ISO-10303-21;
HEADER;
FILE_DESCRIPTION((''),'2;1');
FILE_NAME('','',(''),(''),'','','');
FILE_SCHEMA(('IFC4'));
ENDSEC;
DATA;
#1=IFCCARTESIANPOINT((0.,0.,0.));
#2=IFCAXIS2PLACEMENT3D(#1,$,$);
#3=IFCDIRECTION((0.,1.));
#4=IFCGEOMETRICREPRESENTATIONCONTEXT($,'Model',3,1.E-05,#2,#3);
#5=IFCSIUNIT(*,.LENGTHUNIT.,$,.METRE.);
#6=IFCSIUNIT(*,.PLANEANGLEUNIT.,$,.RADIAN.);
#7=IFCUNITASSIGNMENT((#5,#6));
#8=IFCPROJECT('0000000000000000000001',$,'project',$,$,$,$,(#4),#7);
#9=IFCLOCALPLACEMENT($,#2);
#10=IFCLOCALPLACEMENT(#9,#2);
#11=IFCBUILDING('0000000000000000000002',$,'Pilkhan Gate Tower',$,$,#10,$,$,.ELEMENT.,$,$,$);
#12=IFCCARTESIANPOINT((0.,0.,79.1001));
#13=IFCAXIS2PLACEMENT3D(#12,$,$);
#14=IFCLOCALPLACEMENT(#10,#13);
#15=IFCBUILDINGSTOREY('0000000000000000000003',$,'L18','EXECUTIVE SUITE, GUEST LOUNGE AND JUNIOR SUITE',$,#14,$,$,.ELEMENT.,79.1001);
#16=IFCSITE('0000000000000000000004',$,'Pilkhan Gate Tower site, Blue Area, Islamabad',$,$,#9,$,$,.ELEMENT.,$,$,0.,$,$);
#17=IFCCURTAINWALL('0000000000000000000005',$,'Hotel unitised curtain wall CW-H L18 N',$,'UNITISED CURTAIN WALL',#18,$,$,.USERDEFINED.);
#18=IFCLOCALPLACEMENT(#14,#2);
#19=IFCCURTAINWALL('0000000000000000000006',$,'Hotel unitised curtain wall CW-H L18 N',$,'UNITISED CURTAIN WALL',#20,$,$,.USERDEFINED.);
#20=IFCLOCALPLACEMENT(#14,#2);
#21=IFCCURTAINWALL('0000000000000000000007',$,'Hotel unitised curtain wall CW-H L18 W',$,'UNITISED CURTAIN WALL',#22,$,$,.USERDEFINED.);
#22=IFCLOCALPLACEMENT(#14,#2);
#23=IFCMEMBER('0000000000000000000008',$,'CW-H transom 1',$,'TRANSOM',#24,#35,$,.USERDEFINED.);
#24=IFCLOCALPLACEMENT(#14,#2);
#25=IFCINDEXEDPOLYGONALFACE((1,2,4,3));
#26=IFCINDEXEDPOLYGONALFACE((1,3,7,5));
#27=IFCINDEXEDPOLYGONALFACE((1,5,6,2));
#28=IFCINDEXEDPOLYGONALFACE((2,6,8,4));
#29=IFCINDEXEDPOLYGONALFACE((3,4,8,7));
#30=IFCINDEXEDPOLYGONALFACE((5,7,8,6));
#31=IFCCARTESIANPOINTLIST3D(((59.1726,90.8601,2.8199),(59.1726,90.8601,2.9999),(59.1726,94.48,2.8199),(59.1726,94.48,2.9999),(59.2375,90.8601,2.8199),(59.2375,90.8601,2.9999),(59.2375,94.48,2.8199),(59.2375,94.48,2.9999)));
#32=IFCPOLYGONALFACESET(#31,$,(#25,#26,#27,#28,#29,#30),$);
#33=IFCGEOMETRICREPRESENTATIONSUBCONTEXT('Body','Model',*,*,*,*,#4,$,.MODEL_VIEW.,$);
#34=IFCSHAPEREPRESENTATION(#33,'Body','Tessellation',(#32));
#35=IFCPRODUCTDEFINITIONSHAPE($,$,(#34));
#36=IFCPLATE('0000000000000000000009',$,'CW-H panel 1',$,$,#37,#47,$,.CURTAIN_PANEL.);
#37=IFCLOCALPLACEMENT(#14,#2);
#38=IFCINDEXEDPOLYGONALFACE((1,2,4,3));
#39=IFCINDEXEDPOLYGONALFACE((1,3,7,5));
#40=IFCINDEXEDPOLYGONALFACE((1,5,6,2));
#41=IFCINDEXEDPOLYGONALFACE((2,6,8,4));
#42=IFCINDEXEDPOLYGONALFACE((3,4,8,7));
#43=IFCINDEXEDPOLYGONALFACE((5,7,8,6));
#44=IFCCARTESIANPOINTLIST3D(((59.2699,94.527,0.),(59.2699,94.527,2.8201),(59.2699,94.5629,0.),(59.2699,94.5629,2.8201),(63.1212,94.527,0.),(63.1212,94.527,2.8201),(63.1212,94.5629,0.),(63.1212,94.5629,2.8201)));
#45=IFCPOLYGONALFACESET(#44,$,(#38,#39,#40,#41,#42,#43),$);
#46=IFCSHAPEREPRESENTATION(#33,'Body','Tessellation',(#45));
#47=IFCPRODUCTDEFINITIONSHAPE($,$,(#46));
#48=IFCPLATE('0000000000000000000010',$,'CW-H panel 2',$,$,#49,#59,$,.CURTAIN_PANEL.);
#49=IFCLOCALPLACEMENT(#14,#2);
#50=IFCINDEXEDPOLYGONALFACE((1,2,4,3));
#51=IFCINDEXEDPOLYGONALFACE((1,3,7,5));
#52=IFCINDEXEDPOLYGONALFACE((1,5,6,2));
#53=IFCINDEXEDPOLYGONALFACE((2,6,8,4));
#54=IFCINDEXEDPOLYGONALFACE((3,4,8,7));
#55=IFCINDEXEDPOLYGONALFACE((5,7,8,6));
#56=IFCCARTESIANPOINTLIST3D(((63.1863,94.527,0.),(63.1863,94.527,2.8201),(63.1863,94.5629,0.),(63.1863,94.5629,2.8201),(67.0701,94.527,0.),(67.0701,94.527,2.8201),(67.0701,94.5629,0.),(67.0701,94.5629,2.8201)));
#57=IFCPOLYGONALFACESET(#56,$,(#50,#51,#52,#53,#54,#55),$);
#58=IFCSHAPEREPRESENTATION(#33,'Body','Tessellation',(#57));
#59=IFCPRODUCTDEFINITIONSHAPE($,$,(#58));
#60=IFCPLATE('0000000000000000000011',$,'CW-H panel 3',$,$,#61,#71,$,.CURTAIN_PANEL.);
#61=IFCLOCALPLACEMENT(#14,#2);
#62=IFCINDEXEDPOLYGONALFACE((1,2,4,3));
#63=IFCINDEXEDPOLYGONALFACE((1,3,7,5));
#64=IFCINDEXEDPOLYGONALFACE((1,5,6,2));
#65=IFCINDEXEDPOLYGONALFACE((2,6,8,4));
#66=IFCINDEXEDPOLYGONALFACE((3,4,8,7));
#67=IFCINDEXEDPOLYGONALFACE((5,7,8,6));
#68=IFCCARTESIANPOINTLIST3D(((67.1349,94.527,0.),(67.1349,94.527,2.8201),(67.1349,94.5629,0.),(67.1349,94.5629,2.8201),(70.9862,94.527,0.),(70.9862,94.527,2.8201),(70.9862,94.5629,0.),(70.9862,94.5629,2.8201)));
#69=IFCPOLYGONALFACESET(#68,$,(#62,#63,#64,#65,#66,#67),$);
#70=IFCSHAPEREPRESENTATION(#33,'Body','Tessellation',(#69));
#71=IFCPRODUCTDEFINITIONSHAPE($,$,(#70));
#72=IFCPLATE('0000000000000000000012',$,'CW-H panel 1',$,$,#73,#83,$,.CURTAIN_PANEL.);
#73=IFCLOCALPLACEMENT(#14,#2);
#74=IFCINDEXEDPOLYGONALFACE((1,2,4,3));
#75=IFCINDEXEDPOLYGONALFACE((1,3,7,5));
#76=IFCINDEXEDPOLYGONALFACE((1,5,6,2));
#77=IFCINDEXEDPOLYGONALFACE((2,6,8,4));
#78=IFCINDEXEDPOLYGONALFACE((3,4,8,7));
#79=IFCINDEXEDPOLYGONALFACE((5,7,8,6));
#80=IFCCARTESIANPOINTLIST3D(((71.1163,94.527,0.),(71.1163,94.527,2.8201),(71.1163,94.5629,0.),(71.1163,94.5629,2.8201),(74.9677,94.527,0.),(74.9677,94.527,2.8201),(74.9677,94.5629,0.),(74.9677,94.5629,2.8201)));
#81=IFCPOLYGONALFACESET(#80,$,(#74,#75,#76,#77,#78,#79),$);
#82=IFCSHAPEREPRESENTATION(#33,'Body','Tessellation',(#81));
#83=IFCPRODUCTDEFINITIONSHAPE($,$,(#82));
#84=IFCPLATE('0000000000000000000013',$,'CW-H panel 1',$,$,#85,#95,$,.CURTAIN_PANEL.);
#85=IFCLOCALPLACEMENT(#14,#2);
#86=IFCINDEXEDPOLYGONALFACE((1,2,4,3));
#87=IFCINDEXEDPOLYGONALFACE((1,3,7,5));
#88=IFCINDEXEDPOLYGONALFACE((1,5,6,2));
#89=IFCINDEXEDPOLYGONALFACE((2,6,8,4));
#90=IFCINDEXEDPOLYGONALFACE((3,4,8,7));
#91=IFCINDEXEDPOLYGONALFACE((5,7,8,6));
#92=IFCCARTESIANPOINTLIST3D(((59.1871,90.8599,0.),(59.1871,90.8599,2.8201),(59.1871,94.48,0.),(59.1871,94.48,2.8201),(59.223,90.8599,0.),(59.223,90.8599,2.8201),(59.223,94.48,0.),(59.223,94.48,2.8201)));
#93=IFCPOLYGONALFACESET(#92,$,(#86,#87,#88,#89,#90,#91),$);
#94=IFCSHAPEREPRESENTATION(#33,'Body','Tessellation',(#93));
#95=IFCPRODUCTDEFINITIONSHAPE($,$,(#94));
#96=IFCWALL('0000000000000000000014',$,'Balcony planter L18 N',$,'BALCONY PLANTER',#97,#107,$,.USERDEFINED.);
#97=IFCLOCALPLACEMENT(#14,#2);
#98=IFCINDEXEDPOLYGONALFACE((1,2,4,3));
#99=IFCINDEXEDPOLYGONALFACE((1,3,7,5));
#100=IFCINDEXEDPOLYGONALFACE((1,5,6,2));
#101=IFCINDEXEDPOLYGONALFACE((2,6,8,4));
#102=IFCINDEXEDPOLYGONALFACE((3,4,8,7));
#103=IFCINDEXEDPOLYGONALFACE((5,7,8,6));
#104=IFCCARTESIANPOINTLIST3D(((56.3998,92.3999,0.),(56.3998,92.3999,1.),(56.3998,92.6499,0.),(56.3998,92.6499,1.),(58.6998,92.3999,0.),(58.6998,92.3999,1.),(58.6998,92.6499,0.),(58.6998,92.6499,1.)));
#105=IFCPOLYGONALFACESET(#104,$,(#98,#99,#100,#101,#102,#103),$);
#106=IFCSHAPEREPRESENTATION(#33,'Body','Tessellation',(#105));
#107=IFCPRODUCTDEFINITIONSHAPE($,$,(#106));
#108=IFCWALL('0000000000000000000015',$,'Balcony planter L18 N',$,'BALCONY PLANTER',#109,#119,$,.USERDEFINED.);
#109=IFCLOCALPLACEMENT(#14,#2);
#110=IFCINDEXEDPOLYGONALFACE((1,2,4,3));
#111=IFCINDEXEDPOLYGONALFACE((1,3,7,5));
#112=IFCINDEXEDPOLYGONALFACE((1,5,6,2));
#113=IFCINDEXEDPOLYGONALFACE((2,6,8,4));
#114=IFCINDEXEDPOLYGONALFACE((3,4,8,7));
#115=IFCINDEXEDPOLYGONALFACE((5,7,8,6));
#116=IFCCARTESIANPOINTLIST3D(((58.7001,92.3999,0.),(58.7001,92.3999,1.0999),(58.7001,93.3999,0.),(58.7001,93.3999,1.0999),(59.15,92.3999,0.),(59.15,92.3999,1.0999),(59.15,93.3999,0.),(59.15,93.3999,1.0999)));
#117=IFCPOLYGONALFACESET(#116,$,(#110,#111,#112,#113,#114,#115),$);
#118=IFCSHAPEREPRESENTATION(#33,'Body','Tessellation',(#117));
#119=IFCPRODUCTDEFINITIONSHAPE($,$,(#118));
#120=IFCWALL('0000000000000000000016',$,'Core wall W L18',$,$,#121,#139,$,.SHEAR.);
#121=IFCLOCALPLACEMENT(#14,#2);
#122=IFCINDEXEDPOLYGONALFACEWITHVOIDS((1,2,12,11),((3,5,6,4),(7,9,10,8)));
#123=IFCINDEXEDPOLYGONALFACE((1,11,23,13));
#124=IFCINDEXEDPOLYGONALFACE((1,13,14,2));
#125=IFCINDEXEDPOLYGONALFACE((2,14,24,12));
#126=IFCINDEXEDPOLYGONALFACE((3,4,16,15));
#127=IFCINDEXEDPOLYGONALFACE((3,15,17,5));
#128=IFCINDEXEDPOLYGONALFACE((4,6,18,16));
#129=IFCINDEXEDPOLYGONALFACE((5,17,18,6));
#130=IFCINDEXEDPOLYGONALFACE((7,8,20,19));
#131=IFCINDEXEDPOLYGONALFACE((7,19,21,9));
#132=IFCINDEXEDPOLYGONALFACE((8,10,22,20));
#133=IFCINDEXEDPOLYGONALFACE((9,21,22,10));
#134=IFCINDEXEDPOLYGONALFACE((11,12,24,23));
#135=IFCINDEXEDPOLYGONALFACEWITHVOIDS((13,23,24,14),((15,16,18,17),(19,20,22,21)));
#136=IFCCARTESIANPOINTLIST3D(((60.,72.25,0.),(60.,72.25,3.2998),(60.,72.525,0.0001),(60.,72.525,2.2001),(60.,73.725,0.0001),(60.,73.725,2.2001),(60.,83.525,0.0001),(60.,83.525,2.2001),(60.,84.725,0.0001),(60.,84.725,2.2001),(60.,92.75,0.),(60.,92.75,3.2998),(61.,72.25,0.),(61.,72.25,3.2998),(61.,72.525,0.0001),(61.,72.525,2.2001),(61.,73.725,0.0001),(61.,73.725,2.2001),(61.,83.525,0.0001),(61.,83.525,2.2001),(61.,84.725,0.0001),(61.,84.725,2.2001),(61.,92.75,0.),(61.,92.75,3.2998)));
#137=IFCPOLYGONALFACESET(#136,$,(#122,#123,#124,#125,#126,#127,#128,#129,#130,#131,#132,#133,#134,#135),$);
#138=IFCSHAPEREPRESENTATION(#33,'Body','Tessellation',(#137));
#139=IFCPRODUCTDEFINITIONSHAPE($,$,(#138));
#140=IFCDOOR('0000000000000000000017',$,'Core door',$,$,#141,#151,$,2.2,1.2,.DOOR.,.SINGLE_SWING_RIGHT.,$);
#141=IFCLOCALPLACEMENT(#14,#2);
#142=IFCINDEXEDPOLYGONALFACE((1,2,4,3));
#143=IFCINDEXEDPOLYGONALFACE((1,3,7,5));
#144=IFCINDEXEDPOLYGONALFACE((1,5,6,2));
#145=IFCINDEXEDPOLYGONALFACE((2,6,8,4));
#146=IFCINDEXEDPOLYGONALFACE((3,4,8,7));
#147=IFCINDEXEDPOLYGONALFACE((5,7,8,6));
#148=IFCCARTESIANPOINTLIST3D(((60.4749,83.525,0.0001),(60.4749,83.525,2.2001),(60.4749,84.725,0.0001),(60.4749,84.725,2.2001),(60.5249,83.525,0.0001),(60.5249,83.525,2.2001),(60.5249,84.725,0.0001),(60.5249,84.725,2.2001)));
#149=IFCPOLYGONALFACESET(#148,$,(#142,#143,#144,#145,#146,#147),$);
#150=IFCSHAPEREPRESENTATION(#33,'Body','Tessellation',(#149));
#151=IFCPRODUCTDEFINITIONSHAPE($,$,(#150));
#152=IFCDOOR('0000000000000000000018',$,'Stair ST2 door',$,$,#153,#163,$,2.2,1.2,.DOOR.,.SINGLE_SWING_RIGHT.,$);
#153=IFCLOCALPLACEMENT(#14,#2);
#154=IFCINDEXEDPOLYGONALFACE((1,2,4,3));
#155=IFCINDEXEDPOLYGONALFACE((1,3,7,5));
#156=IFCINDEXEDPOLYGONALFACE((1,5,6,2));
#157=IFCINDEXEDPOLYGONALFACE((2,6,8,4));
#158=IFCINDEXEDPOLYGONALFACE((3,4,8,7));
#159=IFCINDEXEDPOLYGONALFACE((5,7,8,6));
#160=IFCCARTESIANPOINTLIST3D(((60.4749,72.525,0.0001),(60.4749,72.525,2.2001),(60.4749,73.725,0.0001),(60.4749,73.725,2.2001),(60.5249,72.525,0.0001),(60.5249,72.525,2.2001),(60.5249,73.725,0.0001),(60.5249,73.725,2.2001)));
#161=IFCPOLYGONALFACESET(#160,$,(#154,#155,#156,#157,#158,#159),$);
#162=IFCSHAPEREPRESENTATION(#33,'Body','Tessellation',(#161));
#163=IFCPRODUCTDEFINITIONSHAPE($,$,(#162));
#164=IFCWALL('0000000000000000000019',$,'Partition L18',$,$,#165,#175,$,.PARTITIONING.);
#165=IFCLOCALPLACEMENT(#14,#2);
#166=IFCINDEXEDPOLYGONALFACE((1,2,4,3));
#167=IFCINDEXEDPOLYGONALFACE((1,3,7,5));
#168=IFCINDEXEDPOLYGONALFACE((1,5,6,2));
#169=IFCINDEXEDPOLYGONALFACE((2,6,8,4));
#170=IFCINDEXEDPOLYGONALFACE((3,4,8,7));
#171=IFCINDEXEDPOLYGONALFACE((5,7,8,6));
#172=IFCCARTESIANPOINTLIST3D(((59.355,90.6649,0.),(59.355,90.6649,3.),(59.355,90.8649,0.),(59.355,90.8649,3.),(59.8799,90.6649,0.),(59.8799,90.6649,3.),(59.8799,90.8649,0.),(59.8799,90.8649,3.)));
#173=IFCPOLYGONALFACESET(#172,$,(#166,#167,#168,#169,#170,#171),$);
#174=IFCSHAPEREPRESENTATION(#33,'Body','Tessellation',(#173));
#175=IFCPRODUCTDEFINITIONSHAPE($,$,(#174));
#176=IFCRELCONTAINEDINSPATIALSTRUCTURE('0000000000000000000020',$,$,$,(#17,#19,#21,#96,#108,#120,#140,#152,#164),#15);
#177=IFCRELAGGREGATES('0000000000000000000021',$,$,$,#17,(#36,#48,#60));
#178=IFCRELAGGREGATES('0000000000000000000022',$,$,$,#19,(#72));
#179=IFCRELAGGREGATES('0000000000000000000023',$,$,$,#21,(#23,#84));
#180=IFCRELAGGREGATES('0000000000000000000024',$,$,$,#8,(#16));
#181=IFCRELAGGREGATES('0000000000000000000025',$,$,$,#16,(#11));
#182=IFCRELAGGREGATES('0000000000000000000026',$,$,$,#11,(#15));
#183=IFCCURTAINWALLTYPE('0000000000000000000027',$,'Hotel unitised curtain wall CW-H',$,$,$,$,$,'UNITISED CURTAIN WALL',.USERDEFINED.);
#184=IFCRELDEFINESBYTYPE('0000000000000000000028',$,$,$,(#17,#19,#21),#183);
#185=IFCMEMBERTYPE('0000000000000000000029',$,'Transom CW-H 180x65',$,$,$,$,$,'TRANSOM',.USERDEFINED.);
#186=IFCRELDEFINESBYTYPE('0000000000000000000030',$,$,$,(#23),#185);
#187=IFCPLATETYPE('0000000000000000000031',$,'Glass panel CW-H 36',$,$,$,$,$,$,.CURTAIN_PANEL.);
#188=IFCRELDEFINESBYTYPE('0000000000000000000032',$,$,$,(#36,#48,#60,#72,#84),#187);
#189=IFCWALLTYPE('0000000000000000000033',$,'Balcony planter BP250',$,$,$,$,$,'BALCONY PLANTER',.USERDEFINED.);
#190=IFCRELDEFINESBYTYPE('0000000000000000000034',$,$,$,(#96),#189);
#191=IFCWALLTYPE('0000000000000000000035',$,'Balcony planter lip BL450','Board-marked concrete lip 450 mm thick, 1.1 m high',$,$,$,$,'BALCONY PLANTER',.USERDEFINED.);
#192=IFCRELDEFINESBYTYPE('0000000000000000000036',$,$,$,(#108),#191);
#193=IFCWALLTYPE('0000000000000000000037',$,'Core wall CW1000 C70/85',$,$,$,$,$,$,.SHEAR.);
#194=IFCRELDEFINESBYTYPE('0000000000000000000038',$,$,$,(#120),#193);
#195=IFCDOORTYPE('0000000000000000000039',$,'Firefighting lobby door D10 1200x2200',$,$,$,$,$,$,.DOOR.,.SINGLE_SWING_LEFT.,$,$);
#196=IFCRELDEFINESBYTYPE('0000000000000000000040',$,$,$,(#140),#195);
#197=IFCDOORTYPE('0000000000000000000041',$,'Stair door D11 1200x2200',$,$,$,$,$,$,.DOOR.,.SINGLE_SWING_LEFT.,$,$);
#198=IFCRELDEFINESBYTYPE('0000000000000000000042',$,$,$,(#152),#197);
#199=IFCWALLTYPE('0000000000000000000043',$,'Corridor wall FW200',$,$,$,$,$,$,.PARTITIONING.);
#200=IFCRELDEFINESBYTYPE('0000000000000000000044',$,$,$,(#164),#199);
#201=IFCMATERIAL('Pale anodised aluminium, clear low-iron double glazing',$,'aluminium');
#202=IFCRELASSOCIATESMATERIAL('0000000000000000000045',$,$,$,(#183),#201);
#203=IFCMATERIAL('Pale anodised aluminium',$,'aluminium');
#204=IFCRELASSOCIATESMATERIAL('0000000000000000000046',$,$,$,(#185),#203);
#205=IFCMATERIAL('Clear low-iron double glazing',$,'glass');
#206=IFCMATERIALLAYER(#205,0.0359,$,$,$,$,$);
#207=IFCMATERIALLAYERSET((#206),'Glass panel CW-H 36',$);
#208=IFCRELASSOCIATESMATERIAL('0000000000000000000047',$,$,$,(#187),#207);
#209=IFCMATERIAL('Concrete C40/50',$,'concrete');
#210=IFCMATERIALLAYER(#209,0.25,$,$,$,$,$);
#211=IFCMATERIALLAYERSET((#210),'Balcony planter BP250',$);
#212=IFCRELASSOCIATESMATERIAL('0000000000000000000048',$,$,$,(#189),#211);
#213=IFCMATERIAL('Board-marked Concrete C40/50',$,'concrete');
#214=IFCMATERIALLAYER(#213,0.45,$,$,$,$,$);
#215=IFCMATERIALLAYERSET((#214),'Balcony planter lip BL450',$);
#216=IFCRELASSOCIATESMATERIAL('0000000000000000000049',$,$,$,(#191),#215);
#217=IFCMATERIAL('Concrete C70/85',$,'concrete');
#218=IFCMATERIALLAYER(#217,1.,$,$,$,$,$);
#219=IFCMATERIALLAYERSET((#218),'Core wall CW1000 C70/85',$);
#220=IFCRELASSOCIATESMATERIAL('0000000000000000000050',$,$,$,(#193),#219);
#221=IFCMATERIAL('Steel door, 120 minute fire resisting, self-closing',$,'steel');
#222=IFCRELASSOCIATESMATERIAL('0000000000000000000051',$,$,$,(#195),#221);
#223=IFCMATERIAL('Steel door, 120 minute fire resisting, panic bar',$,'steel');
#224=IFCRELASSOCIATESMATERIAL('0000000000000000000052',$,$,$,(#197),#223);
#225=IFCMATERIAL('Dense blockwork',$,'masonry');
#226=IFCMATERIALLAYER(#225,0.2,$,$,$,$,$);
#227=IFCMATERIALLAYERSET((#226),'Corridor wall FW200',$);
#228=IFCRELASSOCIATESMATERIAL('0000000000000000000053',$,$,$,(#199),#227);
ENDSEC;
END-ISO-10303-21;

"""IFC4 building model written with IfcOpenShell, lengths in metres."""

from ifc_helpers import new_model, si_unit, direction, frame, frame_2d, origin, origin_2d, place, context, subcontext, project, spatial, rectangle, extrude, material, layer, layer_set, material_profile, profile_set, type_object, element, fill, aggregate, save


model = new_model("IFC4")

# Units and contexts
model_context = context("Model", 3, precision=1e-05, world=origin(), true_north=direction((0.0, 1.0)))
body_context = subcontext(model_context, "Body", "Model", "MODEL_VIEW")
ifc_project = project(units=[si_unit("LENGTHUNIT", "METRE"), si_unit("PLANEANGLEUNIT", "RADIAN")], contexts=[model_context])

# Site, building, storey
site_placement = place(None, origin())
site = spatial("IfcSite", under=ifc_project, at=site_placement, Name="Pilkhan Gate Tower site, Blue Area, Islamabad", CompositionType="ELEMENT", RefElevation=0.0)
building_placement = place(site_placement, origin())
building = spatial("IfcBuilding", under=site, at=building_placement, Name="Pilkhan Gate Tower", CompositionType="ELEMENT")
storey_placement = place(building_placement, frame((0.0, 0.0, 79.1001)))
storey = spatial("IfcBuildingStorey", under=building, at=storey_placement, Name="L18", Description="EXECUTIVE SUITE, GUEST LOUNGE AND JUNIOR SUITE", CompositionType="ELEMENT", Elevation=79.1001)

# Curtain wall
ifc_material_1 = material(Name="Pale anodised aluminium, clear low-iron double glazing", Category="aluminium")
curtain_wall_type = type_object("IfcCurtainWallType", Name="Hotel unitised curtain wall CW-H", ElementType="UNITISED CURTAIN WALL", PredefinedType="USERDEFINED", material=ifc_material_1)
curtain_wall_1_placement = place(storey_placement, origin())
curtain_wall_1 = element("IfcCurtainWall", 1, at=curtain_wall_1_placement, inside=storey, type_object=curtain_wall_type, Name="Hotel unitised curtain wall CW-H L18 N", ObjectType="UNITISED CURTAIN WALL", PredefinedType="USERDEFINED")
ifc_material_2 = material(Name="Pale anodised aluminium", Category="aluminium")

# Curtain wall
curtain_wall_2_placement = place(storey_placement, origin())
curtain_wall_2 = element("IfcCurtainWall", 2, at=curtain_wall_2_placement, inside=storey, type_object=curtain_wall_type, Name="Hotel unitised curtain wall CW-H L18 N", ObjectType="UNITISED CURTAIN WALL", PredefinedType="USERDEFINED")

# Curtain wall
curtain_wall_3_placement = place(storey_placement, origin())
curtain_wall_3 = element("IfcCurtainWall", 3, at=curtain_wall_3_placement, inside=storey, type_object=curtain_wall_type, Name="Hotel unitised curtain wall CW-H L18 W", ObjectType="UNITISED CURTAIN WALL", PredefinedType="USERDEFINED")

# Member
ifc_material_profile_1 = material_profile(ifc_material_2, rectangle(XDim=0.0649, YDim=0.1799, at=origin_2d()), Name="Transom 180x65")
ifc_profile_set_1 = profile_set([ifc_material_profile_1], Name="Pale anodised aluminium")
member_type_1 = type_object("IfcMemberType", Name="Transom CW-H 180x65", ElementType="TRANSOM", PredefinedType="USERDEFINED", material=ifc_profile_set_1)
member_1_placement = place(storey_placement, frame((59.2051, 90.8601, 2.9099), z_axis=(0.0, 1.0, 0.0), x_axis=(-1.0, 0.0, 0.0)))
member_1 = element("IfcMember", 4, at=member_1_placement, type_object=member_type_1, Name="CW-H transom 1", ObjectType="TRANSOM", PredefinedType="USERDEFINED", context=body_context, shape_type="SweptSolid", body=[
    extrude(rectangle(XDim=0.0649, YDim=0.1799, at=origin_2d()), origin(), (0.0, 0.0, 1.0), 3.6199),
])

# Plates
ifc_material_3 = material(Name="Clear low-iron double glazing", Category="glass")
ifc_layer_1 = layer(ifc_material_3, 0.0359)
ifc_layer_set_1 = layer_set([ifc_layer_1], Name="Glass panel CW-H 36")
plate_type = type_object("IfcPlateType", Name="Glass panel CW-H 36", PredefinedType="CURTAIN_PANEL", material=ifc_layer_set_1)
plate_1_placement = place(storey_placement, frame((61.1956, 94.5449, 0.0), z_axis=(0.0, 0.0, 1.0), x_axis=(1.0, 0.0, 0.0)))
plate_1 = element("IfcPlate", 5, at=plate_1_placement, type_object=plate_type, Name="CW-H panel 1", PredefinedType="CURTAIN_PANEL", context=body_context, shape_type="SweptSolid", body=[
    extrude(rectangle(XDim=3.8513, YDim=0.0359, at=origin_2d()), origin(), (0.0, 0.0, 1.0), 2.8201),
])
plate_2_placement = place(storey_placement, frame((65.1282, 94.5449, 0.0), z_axis=(0.0, 0.0, 1.0), x_axis=(1.0, 0.0, 0.0)))
plate_2 = element("IfcPlate", 6, at=plate_2_placement, type_object=plate_type, Name="CW-H panel 2", PredefinedType="CURTAIN_PANEL", context=body_context, shape_type="SweptSolid", body=[
    extrude(rectangle(XDim=3.8838, YDim=0.0359, at=origin_2d()), origin(), (0.0, 0.0, 1.0), 2.8201),
])
plate_3_placement = place(storey_placement, frame((69.0605, 94.5449, 0.0), z_axis=(0.0, 0.0, 1.0), x_axis=(1.0, 0.0, 0.0)))
plate_3 = element("IfcPlate", 7, at=plate_3_placement, type_object=plate_type, Name="CW-H panel 3", PredefinedType="CURTAIN_PANEL", context=body_context, shape_type="SweptSolid", body=[
    extrude(rectangle(XDim=3.8513, YDim=0.0359, at=origin_2d()), origin(), (0.0, 0.0, 1.0), 2.8201),
])
aggregate(curtain_wall_1, [plate_1, plate_2, plate_3])
plate_4_placement = place(storey_placement, frame((73.042, 94.5449, 0.0), z_axis=(0.0, 0.0, 1.0), x_axis=(1.0, 0.0, 0.0)))
plate_4 = element("IfcPlate", 8, at=plate_4_placement, type_object=plate_type, Name="CW-H panel 1", PredefinedType="CURTAIN_PANEL", context=body_context, shape_type="SweptSolid", body=[
    extrude(rectangle(XDim=3.8513, YDim=0.0359, at=origin_2d()), origin(), (0.0, 0.0, 1.0), 2.8201),
])
aggregate(curtain_wall_2, [plate_4])
plate_5_placement = place(storey_placement, frame((59.2051, 92.6699, 0.0), z_axis=(0.0, 0.0, 1.0), x_axis=(0.0, 1.0, 0.0)))
plate_5 = element("IfcPlate", 9, at=plate_5_placement, type_object=plate_type, Name="CW-H panel 1", PredefinedType="CURTAIN_PANEL", context=body_context, shape_type="SweptSolid", body=[
    extrude(rectangle(XDim=3.6201, YDim=0.0359, at=origin_2d()), origin(), (0.0, 0.0, 1.0), 2.8201),
])
aggregate(curtain_wall_3, [member_1, plate_5])

# Walls
ifc_material_4 = material(Name="Concrete C40/50", Category="concrete")
ifc_layer_2 = layer(ifc_material_4, 0.25)
ifc_layer_set_2 = layer_set([ifc_layer_2], Name="Balcony planter BP250")
wall_type_1 = type_object("IfcWallType", Name="Balcony planter BP250", ElementType="BALCONY PLANTER", PredefinedType="USERDEFINED", material=ifc_layer_set_2)
wall_1_placement = place(storey_placement, frame((56.3999, 92.5249, 0.0), z_axis=(0.0, 0.0, 1.0), x_axis=(1.0, 0.0, 0.0)))
element("IfcWall", 10, at=wall_1_placement, inside=storey, type_object=wall_type_1, Name="Balcony planter L18 N", ObjectType="BALCONY PLANTER", PredefinedType="USERDEFINED", context=body_context, shape_type="SweptSolid", body=[
    extrude(rectangle(XDim=2.3, YDim=0.25, at=frame_2d((1.1499, 0.0))), origin(), (0.0, 0.0, 1.0), 1.0),
])
ifc_material_5 = material(Name="Board-marked Concrete C40/50", Category="concrete")
ifc_layer_3 = layer(ifc_material_5, 0.45)
ifc_layer_set_3 = layer_set([ifc_layer_3], Name="Balcony planter lip BL450")
wall_type_2 = type_object("IfcWallType", Name="Balcony planter lip BL450", Description="Board-marked concrete lip 450 mm thick, 1.1 m high", ElementType="BALCONY PLANTER", PredefinedType="USERDEFINED", material=ifc_layer_set_3)
wall_2_placement = place(storey_placement, frame((58.925, 92.3999, 0.0), z_axis=(0.0, 0.0, 1.0), x_axis=(0.0, 1.0, 0.0)))
element("IfcWall", 11, at=wall_2_placement, inside=storey, type_object=wall_type_2, Name="Balcony planter L18 N", ObjectType="BALCONY PLANTER", PredefinedType="USERDEFINED", context=body_context, shape_type="SweptSolid", body=[
    extrude(rectangle(XDim=1.0, YDim=0.45, at=frame_2d((0.5, 0.0))), origin(), (0.0, 0.0, 1.0), 1.0999),
])

# Wall, openings, doors
ifc_material_6 = material(Name="Concrete C70/85", Category="concrete")
ifc_layer_4 = layer(ifc_material_6, 1.0)
ifc_layer_set_4 = layer_set([ifc_layer_4], Name="Core wall CW1000 C70/85")
wall_type_3 = type_object("IfcWallType", Name="Core wall CW1000 C70/85", PredefinedType="SHEAR", material=ifc_layer_set_4)
wall_3_placement = place(storey_placement, frame((60.5, 92.75, 0.0), z_axis=(0.0, 0.0, 1.0), x_axis=(0.0, -1.0, 0.0)))
wall_3 = element("IfcWall", 12, at=wall_3_placement, inside=storey, type_object=wall_type_3, Name="Core wall W L18", PredefinedType="SHEAR", context=body_context, shape_type="SweptSolid", body=[
    extrude(rectangle(XDim=20.5, YDim=1.0, at=frame_2d((10.25, 0.0))), origin(), (0.0, 0.0, 1.0), 3.2998),
])
opening_1_placement = place(wall_3_placement, frame((19.0249, 0.0, 0.0)))
opening_1 = element("IfcOpeningElement", 13, at=opening_1_placement, cuts=wall_3, PredefinedType="OPENING", context=body_context, shape_type="SweptSolid", body=[
    extrude(rectangle(XDim=1.2, YDim=2.2, at=frame_2d((0.6001, 1.1001))), frame((0.0, 0.51, 0.0), z_axis=(0.0, -1.0, 0.0), x_axis=(1.0, 0.0, 0.0)), (0.0, 0.0, 1.0), 1.02),
])
opening_2_placement = place(wall_3_placement, frame((8.0249, 0.0, 0.0)))
opening_2 = element("IfcOpeningElement", 14, at=opening_2_placement, cuts=wall_3, PredefinedType="OPENING", context=body_context, shape_type="SweptSolid", body=[
    extrude(rectangle(XDim=1.2, YDim=2.2, at=frame_2d((0.6001, 1.1001))), frame((0.0, 0.51, 0.0), z_axis=(0.0, -1.0, 0.0), x_axis=(1.0, 0.0, 0.0)), (0.0, 0.0, 1.0), 1.02),
])
ifc_material_7 = material(Name="Steel door, 120 minute fire resisting, self-closing", Category="steel")
door_type_1 = type_object("IfcDoorType", Name="Firefighting lobby door D10 1200x2200", OperationType="SINGLE_SWING_LEFT", PredefinedType="DOOR", material=ifc_material_7)
door_1_placement = place(opening_2_placement, origin())
door_1 = element("IfcDoor", 15, at=door_1_placement, inside=storey, type_object=door_type_1, Name="Core door", OperationType="SINGLE_SWING_RIGHT", OverallHeight=2.2, OverallWidth=1.2, PredefinedType="DOOR", context=body_context, shape_type="SweptSolid", body=[
    extrude(rectangle(XDim=1.2, YDim=2.2, at=frame_2d((0.6001, 1.1001))), frame((0.0, 0.0249, 0.0), z_axis=(0.0, -1.0, 0.0), x_axis=(1.0, 0.0, 0.0)), (0.0, 0.0, 1.0), 0.05),
])
fill(opening_2, door_1)
ifc_material_8 = material(Name="Steel door, 120 minute fire resisting, panic bar", Category="steel")
door_type_2 = type_object("IfcDoorType", Name="Stair door D11 1200x2200", OperationType="SINGLE_SWING_LEFT", PredefinedType="DOOR", material=ifc_material_8)
door_2_placement = place(opening_1_placement, origin())
door_2 = element("IfcDoor", 16, at=door_2_placement, inside=storey, type_object=door_type_2, Name="Stair ST2 door", OperationType="SINGLE_SWING_RIGHT", OverallHeight=2.2, OverallWidth=1.2, PredefinedType="DOOR", context=body_context, shape_type="SweptSolid", body=[
    extrude(rectangle(XDim=1.2, YDim=2.2, at=frame_2d((0.6001, 1.1001))), frame((0.0, 0.0249, 0.0), z_axis=(0.0, -1.0, 0.0), x_axis=(1.0, 0.0, 0.0)), (0.0, 0.0, 1.0), 0.05),
])
fill(opening_1, door_2)

# Wall
ifc_material_9 = material(Name="Dense blockwork", Category="masonry")
ifc_layer_5 = layer(ifc_material_9, 0.2)
ifc_layer_set_5 = layer_set([ifc_layer_5], Name="Corridor wall FW200")
wall_type_4 = type_object("IfcWallType", Name="Corridor wall FW200", PredefinedType="PARTITIONING", material=ifc_layer_set_5)
wall_4_placement = place(storey_placement, frame((59.355, 90.7649, 0.0), z_axis=(0.0, 0.0, 1.0), x_axis=(1.0, 0.0, 0.0)))
element("IfcWall", 17, at=wall_4_placement, inside=storey, type_object=wall_type_4, Name="Partition L18", PredefinedType="PARTITIONING", context=body_context, shape_type="SweptSolid", body=[
    extrude(rectangle(XDim=0.5249, YDim=0.2, at=frame_2d((0.2625, 0.0))), origin(), (0.0, 0.0, 1.0), 3.0),
])

save(model, "model.ifc")
